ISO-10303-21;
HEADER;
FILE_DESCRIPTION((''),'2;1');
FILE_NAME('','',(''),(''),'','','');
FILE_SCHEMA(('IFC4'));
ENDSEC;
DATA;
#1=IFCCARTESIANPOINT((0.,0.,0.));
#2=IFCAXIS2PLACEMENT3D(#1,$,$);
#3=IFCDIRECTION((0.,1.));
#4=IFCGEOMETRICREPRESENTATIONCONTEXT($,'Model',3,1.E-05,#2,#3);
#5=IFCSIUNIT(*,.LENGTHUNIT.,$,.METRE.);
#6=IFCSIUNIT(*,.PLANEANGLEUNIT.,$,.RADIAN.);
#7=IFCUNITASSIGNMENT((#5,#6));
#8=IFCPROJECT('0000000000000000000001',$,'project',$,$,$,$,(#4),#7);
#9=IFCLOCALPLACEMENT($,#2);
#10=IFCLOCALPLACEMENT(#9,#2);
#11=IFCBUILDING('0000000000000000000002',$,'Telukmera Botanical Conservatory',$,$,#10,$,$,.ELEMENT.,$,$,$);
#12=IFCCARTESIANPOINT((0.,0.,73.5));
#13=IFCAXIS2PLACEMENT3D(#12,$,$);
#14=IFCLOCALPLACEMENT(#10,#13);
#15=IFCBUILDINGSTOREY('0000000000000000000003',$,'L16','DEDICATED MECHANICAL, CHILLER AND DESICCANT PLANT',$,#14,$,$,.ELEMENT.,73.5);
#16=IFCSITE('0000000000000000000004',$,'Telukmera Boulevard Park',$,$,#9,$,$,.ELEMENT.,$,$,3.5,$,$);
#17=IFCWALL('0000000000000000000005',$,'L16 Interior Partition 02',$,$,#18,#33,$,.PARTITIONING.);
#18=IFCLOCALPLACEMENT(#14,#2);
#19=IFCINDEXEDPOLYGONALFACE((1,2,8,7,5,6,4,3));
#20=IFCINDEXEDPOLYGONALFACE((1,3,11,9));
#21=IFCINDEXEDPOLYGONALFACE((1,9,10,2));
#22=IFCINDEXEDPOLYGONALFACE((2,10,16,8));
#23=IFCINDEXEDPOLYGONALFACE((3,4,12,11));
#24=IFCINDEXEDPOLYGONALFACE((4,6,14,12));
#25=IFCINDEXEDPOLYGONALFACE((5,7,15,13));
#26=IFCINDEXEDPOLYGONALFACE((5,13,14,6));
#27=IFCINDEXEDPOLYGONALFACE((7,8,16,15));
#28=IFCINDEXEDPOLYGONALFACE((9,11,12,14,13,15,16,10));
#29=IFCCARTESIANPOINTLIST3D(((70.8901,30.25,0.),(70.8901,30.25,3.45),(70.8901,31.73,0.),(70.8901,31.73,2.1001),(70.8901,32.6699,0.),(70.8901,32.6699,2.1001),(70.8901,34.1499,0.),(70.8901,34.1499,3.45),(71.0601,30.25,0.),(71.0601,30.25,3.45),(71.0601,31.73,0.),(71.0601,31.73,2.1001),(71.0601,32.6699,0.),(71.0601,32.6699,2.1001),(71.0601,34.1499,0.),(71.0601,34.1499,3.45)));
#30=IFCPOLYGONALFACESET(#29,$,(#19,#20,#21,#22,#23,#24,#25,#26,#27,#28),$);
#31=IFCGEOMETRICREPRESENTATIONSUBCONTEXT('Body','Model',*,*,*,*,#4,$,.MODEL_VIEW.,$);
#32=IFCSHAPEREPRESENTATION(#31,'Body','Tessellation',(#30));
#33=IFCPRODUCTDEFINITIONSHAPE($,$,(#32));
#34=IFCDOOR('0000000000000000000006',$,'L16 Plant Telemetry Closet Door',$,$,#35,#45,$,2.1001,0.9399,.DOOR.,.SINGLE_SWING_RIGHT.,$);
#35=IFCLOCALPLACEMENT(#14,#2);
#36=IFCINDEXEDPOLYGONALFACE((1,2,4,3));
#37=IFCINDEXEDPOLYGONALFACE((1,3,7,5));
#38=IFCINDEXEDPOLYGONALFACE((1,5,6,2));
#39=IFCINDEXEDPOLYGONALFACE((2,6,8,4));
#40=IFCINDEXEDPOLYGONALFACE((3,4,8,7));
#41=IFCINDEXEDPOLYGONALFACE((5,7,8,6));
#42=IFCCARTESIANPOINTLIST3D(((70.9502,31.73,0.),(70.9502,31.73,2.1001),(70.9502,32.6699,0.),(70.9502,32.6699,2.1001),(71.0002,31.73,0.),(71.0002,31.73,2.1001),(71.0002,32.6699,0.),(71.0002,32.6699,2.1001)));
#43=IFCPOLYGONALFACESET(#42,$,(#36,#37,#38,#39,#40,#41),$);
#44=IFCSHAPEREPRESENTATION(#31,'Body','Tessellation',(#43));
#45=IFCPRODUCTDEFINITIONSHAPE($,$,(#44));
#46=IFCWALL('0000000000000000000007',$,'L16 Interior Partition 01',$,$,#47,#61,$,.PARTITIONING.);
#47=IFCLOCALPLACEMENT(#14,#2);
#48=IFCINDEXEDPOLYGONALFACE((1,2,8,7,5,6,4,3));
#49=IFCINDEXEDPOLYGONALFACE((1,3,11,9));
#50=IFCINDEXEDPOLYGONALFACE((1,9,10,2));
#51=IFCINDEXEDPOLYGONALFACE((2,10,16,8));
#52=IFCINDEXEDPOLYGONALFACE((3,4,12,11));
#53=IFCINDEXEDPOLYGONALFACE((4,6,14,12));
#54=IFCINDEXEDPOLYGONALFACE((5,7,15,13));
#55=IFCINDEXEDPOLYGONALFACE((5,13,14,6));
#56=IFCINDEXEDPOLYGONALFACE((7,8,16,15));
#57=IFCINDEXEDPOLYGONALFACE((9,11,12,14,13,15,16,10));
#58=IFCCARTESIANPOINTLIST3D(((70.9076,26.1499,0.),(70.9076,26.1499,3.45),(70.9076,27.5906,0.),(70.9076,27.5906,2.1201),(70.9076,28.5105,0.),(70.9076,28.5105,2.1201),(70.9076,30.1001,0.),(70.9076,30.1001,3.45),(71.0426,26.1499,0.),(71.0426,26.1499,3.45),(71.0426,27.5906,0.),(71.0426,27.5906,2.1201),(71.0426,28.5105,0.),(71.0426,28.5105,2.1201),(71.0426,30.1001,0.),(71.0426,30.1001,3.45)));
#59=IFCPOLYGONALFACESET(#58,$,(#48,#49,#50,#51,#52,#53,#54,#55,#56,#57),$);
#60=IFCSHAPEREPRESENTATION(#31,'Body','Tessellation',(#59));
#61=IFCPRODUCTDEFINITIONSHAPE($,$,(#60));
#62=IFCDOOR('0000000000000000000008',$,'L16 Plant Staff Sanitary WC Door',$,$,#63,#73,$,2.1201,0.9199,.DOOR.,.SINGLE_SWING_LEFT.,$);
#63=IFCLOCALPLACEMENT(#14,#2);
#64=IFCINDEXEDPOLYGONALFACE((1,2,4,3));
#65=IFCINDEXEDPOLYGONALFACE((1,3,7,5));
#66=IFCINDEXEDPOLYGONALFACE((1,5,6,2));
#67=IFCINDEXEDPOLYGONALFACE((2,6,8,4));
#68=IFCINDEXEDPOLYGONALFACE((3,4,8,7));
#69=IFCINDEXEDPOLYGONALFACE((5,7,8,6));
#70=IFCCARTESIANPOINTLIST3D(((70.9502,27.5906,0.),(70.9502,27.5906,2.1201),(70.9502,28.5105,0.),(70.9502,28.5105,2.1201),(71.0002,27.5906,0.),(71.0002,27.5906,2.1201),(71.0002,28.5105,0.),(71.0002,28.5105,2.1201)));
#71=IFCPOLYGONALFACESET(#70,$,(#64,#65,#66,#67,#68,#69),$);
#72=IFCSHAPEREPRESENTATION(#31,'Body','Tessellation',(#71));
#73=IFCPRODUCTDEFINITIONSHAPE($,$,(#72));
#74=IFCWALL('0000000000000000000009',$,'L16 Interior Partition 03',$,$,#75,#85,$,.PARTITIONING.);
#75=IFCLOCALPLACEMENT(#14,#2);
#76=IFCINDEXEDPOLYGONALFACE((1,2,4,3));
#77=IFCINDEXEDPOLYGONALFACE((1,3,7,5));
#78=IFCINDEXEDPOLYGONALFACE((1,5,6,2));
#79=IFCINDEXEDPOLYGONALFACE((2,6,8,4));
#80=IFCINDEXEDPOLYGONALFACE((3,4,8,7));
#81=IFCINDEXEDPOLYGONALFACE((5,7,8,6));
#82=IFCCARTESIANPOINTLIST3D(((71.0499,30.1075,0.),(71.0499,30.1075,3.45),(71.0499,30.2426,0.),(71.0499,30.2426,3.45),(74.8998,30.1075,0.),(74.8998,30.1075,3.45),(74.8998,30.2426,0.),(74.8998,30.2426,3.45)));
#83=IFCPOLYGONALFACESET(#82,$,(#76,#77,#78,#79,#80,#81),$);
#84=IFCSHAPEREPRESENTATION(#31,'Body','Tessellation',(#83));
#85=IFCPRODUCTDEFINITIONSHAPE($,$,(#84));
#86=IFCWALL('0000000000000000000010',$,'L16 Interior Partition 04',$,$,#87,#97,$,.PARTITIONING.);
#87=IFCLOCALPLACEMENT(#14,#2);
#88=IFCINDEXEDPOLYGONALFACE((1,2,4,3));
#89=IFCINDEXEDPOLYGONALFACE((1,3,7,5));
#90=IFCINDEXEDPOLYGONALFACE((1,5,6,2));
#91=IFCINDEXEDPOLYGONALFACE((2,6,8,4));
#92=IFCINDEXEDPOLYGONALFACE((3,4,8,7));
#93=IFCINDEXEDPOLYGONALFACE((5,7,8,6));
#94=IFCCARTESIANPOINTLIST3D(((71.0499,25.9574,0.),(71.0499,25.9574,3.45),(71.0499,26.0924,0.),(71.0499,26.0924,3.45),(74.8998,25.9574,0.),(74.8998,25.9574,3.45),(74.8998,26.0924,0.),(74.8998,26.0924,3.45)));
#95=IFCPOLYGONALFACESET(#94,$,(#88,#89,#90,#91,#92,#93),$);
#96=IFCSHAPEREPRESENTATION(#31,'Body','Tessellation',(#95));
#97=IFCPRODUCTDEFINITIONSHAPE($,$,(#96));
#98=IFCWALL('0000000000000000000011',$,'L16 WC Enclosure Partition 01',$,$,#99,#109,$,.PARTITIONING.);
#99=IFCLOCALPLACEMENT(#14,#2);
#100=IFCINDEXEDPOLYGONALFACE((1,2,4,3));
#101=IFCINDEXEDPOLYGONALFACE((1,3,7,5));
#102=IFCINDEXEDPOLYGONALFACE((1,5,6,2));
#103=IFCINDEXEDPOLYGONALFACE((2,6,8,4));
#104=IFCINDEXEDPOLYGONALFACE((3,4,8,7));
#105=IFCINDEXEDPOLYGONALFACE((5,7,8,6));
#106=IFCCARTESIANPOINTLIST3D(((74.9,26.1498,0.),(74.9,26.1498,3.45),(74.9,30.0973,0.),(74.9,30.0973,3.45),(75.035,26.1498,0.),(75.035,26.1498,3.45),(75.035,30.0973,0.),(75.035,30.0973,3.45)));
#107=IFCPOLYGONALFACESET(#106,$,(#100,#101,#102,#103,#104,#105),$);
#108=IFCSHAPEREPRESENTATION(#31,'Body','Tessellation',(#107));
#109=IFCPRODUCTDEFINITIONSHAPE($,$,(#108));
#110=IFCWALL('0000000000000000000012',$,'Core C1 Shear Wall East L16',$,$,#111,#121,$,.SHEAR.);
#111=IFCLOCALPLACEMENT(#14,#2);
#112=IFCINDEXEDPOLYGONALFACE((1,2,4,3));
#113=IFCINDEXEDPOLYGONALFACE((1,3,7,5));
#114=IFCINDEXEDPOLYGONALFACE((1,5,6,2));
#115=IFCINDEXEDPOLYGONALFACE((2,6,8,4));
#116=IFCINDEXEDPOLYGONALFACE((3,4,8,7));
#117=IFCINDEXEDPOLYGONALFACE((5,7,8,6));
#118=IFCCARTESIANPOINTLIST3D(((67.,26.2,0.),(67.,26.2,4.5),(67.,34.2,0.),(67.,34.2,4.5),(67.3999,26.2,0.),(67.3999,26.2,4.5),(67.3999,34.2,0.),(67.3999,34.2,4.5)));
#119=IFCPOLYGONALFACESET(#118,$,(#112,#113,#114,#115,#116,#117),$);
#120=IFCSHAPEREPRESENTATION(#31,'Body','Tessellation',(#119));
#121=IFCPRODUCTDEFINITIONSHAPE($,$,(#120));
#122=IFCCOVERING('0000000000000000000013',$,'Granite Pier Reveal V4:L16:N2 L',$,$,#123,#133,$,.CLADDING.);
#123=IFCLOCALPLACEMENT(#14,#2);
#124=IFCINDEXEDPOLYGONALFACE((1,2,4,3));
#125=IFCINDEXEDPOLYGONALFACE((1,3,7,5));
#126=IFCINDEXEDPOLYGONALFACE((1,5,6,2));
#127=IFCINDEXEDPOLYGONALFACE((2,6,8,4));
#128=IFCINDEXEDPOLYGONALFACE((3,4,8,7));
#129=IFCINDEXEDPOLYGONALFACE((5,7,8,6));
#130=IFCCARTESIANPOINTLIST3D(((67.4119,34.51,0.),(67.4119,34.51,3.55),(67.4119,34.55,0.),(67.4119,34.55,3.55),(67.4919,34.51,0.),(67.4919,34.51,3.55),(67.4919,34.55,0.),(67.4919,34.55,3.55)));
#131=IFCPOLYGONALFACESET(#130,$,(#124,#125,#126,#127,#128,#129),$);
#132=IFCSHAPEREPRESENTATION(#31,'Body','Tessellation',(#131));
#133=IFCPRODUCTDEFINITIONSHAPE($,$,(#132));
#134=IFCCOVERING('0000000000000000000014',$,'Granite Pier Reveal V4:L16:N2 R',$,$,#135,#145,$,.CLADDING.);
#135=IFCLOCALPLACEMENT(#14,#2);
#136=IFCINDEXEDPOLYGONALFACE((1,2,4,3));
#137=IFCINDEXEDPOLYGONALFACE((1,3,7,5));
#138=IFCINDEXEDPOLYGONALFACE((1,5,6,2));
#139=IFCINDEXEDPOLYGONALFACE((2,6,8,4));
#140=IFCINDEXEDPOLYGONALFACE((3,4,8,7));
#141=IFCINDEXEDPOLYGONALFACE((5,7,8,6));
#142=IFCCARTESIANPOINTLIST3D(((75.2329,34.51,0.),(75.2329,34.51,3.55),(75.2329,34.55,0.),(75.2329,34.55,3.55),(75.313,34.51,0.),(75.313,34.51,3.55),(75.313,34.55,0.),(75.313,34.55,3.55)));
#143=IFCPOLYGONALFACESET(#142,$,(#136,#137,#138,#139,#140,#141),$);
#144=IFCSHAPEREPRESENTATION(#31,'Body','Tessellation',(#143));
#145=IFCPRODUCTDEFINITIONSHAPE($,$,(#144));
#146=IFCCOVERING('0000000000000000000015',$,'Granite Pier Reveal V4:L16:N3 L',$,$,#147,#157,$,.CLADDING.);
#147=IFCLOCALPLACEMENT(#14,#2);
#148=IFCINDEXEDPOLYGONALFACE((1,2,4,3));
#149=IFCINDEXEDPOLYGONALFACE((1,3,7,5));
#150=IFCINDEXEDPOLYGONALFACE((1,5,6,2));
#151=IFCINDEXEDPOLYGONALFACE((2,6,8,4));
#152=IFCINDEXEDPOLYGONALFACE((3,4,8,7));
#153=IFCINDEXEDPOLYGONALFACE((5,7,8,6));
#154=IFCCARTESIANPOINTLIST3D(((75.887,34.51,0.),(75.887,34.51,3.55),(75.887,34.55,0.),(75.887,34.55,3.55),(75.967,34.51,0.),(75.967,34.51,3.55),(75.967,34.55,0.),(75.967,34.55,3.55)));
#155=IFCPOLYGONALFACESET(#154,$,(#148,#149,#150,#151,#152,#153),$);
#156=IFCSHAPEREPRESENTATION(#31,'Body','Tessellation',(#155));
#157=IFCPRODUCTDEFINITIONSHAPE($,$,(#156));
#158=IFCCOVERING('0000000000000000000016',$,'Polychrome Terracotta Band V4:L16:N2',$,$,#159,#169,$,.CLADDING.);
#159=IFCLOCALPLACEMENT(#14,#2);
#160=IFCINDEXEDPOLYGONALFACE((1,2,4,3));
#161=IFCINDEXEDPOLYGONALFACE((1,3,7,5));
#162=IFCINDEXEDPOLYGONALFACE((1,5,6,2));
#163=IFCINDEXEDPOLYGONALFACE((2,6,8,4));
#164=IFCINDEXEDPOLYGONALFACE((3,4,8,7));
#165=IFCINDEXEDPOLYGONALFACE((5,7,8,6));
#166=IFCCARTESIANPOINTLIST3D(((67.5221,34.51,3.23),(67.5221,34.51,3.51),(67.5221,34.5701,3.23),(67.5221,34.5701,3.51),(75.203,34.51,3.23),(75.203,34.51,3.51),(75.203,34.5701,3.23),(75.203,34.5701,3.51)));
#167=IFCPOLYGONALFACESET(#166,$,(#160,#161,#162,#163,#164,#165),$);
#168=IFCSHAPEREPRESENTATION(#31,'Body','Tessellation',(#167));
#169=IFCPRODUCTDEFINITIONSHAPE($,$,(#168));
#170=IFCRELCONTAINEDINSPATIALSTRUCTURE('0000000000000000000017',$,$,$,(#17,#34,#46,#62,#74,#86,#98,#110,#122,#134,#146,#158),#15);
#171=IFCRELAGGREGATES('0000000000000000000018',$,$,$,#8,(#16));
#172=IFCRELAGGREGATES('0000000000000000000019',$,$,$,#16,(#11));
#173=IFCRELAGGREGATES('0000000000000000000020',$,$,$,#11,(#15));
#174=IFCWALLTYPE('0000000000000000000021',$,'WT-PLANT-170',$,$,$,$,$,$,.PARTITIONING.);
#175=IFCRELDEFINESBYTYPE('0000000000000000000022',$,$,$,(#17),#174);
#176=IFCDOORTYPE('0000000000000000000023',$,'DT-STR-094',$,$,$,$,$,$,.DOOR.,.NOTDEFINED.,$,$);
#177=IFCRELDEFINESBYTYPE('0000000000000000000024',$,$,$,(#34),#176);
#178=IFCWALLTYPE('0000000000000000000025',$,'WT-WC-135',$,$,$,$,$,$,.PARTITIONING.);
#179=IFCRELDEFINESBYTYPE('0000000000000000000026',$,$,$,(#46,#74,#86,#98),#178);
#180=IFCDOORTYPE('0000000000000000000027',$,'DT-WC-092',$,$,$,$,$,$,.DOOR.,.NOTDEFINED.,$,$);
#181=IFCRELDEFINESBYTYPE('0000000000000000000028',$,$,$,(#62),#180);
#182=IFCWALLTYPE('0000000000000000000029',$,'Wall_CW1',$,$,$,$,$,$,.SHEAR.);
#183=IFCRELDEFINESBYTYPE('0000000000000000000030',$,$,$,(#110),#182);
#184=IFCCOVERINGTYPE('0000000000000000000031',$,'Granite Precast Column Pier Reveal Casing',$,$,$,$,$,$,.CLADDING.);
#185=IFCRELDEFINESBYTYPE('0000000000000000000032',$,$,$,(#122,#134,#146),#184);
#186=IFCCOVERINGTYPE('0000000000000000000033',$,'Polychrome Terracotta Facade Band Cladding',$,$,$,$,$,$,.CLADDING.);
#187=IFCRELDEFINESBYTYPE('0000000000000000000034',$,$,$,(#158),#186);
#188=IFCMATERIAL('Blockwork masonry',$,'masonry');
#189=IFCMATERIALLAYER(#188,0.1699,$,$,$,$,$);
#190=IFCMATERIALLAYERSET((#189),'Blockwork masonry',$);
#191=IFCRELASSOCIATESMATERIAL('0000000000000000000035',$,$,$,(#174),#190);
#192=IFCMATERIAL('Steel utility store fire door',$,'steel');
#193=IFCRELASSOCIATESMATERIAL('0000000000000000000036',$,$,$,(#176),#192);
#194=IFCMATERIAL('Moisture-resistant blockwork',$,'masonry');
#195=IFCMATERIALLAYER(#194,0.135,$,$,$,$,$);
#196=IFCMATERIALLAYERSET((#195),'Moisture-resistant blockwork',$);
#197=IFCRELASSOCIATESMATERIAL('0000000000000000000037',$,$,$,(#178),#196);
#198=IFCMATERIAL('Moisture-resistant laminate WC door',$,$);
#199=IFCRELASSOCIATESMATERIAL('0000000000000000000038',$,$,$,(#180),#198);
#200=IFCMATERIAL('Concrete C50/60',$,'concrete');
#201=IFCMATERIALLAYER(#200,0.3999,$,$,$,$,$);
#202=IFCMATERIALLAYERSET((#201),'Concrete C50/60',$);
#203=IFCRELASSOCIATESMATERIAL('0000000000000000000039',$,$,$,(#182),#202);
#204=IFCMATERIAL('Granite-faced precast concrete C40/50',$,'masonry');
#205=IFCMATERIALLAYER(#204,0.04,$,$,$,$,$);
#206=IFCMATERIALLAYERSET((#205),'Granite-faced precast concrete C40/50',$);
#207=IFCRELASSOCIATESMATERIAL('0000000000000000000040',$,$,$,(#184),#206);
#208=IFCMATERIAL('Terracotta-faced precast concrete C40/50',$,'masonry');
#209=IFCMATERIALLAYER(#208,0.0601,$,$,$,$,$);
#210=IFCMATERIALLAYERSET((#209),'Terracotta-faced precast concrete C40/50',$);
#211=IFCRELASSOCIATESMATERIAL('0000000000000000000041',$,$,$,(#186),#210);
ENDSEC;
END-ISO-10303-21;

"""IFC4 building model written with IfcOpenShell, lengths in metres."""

from ifc_helpers import new_model, si_unit, direction, frame, frame_2d, origin, origin_2d, place, context, subcontext, project, spatial, rectangle, extrude, material, layer, layer_set, type_object, element, fill, save


model = new_model("IFC4")

# Units and contexts
model_context = context("Model", 3, precision=1e-05, world=origin(), true_north=direction((0.0, 1.0)))
body_context = subcontext(model_context, "Body", "Model", "MODEL_VIEW")
ifc_project = project(units=[si_unit("LENGTHUNIT", "METRE"), si_unit("PLANEANGLEUNIT", "RADIAN")], contexts=[model_context])

# Site, building, storey
site_placement = place(None, origin())
site = spatial("IfcSite", under=ifc_project, at=site_placement, Name="Telukmera Boulevard Park", CompositionType="ELEMENT", RefElevation=3.5)
building_placement = place(site_placement, origin())
building = spatial("IfcBuilding", under=site, at=building_placement, Name="Telukmera Botanical Conservatory", CompositionType="ELEMENT")
storey_placement = place(building_placement, frame((0.0, 0.0, 73.5)))
storey = spatial("IfcBuildingStorey", under=building, at=storey_placement, Name="L16", Description="DEDICATED MECHANICAL, CHILLER AND DESICCANT PLANT", CompositionType="ELEMENT", Elevation=73.5)

# Shared definitions
ifc_material_1 = material(Name="Concrete C50/60", Category="concrete")

# Shared definitions
ifc_material_2 = material(Name="Terracotta-faced precast concrete C40/50", Category="masonry")

# Walls, openings, doors
ifc_material_3 = material(Name="Blockwork masonry", Category="masonry")
ifc_layer_1 = layer(ifc_material_3, 0.1699)
ifc_layer_set_1 = layer_set([ifc_layer_1], Name="Blockwork masonry")
wall_type_1 = type_object("IfcWallType", Name="WT-PLANT-170", PredefinedType="PARTITIONING", material=ifc_layer_set_1)
wall_1_placement = place(storey_placement, frame((70.9751, 30.25, 0.0), z_axis=(0.0, 0.0, 1.0), x_axis=(0.0, 1.0, 0.0)))
wall_1 = element("IfcWall", 1, at=wall_1_placement, inside=storey, type_object=wall_type_1, Name="L16 Interior Partition 02", PredefinedType="PARTITIONING", context=body_context, shape_type="SweptSolid", body=[
    extrude(rectangle(XDim=3.8999, YDim=0.1699, at=frame_2d((1.95, 0.0))), origin(), (0.0, 0.0, 1.0), 3.45),
])
opening_1_placement = place(wall_1_placement, frame((1.48, 0.0, 0.0)))
opening_1 = element("IfcOpeningElement", 2, at=opening_1_placement, cuts=wall_1, PredefinedType="OPENING", context=body_context, shape_type="SweptSolid", body=[
    extrude(rectangle(XDim=0.9399, YDim=2.1001, at=frame_2d((0.47, 1.05))), frame((0.0, 0.095, 0.0), z_axis=(0.0, -1.0, 0.0), x_axis=(1.0, 0.0, 0.0)), (0.0, 0.0, 1.0), 0.1899),
])
ifc_material_4 = material(Name="Steel utility store fire door", Category="steel")
door_type_1 = type_object("IfcDoorType", Name="DT-STR-094", OperationType="NOTDEFINED", PredefinedType="DOOR", material=ifc_material_4)
door_1_placement = place(opening_1_placement, origin())
door_1 = element("IfcDoor", 3, at=door_1_placement, inside=storey, type_object=door_type_1, Name="L16 Plant Telemetry Closet Door", OperationType="SINGLE_SWING_RIGHT", OverallHeight=2.1001, OverallWidth=0.9399, PredefinedType="DOOR", context=body_context, shape_type="SweptSolid", body=[
    extrude(rectangle(XDim=0.9399, YDim=2.1001, at=frame_2d((0.47, 1.05))), frame((0.0, 0.0249, 0.0), z_axis=(0.0, -1.0, 0.0), x_axis=(1.0, 0.0, 0.0)), (0.0, 0.0, 1.0), 0.05),
])
fill(opening_1, door_1)
ifc_material_5 = material(Name="Moisture-resistant blockwork", Category="masonry")
ifc_layer_2 = layer(ifc_material_5, 0.135)
ifc_layer_set_2 = layer_set([ifc_layer_2], Name="Moisture-resistant blockwork")
wall_type_2 = type_object("IfcWallType", Name="WT-WC-135", PredefinedType="PARTITIONING", material=ifc_layer_set_2)
wall_2_placement = place(storey_placement, frame((70.9751, 26.1499, 0.0), z_axis=(0.0, 0.0, 1.0), x_axis=(0.0, 1.0, 0.0)))
wall_2 = element("IfcWall", 4, at=wall_2_placement, inside=storey, type_object=wall_type_2, Name="L16 Interior Partition 01", PredefinedType="PARTITIONING", context=body_context, shape_type="SweptSolid", body=[
    extrude(rectangle(XDim=3.9502, YDim=0.135, at=frame_2d((1.9751, 0.0))), origin(), (0.0, 0.0, 1.0), 3.45),
])
opening_2_placement = place(wall_2_placement, frame((1.4407, 0.0, 0.0)))
opening_2 = element("IfcOpeningElement", 5, at=opening_2_placement, cuts=wall_2, PredefinedType="OPENING", context=body_context, shape_type="SweptSolid", body=[
    extrude(rectangle(XDim=0.9199, YDim=2.1201, at=frame_2d((0.46, 1.0601))), frame((0.0, 0.0774, 0.0), z_axis=(0.0, -1.0, 0.0), x_axis=(1.0, 0.0, 0.0)), (0.0, 0.0, 1.0), 0.155),
])
ifc_material_6 = material(Name="Moisture-resistant laminate WC door")
door_type_2 = type_object("IfcDoorType", Name="DT-WC-092", OperationType="NOTDEFINED", PredefinedType="DOOR", material=ifc_material_6)
door_2_placement = place(opening_2_placement, origin())
door_2 = element("IfcDoor", 6, at=door_2_placement, inside=storey, type_object=door_type_2, Name="L16 Plant Staff Sanitary WC Door", OperationType="SINGLE_SWING_LEFT", OverallHeight=2.1201, OverallWidth=0.9199, PredefinedType="DOOR", context=body_context, shape_type="SweptSolid", body=[
    extrude(rectangle(XDim=0.9199, YDim=2.1201, at=frame_2d((0.46, 1.0601))), frame((0.0, 0.0249, 0.0), z_axis=(0.0, -1.0, 0.0), x_axis=(1.0, 0.0, 0.0)), (0.0, 0.0, 1.0), 0.05),
])
fill(opening_2, door_2)

# Walls
for number, where, z_axis, x_axis, name in (
    (7, (71.05, 30.175, 0.0), (0.0, 0.0, 1.0), (1.0, 0.0, 0.0), "L16 Interior Partition 03"),
    (8, (71.05, 26.0249, 0.0), (0.0, 0.0, 1.0), (1.0, 0.0, 0.0), "L16 Interior Partition 04"),
):
    element("IfcWall", number, at=place(storey_placement, frame(where, z_axis=z_axis, x_axis=x_axis)), inside=storey, type_object=wall_type_2, Name=name, PredefinedType="PARTITIONING", context=body_context, shape_type="SweptSolid", body=[
        extrude(rectangle(XDim=3.8499, YDim=0.135, at=frame_2d((1.9248, 0.0))), origin(), (0.0, 0.0, 1.0), 3.45),
    ])
wall_3_placement = place(storey_placement, frame((74.9675, 26.1499, 0.0), z_axis=(0.0, 0.0, 1.0), x_axis=(0.0, 1.0, 0.0)))
element("IfcWall", 9, at=wall_3_placement, inside=storey, type_object=wall_type_2, Name="L16 WC Enclosure Partition 01", PredefinedType="PARTITIONING", context=body_context, shape_type="SweptSolid", body=[
    extrude(rectangle(XDim=3.9475, YDim=0.135, at=frame_2d((1.9736, 0.0))), origin(), (0.0, 0.0, 1.0), 3.45),
])
ifc_layer_3 = layer(ifc_material_1, 0.3999)
ifc_layer_set_3 = layer_set([ifc_layer_3], Name="Concrete C50/60")
wall_type_3 = type_object("IfcWallType", Name="Wall_CW1", PredefinedType="SHEAR", material=ifc_layer_set_3)
wall_4_placement = place(storey_placement, frame((67.2, 26.2, 0.0), z_axis=(0.0, 0.0, 1.0), x_axis=(0.0, 1.0, 0.0)))
element("IfcWall", 10, at=wall_4_placement, inside=storey, type_object=wall_type_3, Name="Core C1 Shear Wall East L16", PredefinedType="SHEAR", context=body_context, shape_type="SweptSolid", body=[
    extrude(rectangle(XDim=8.0, YDim=0.3999, at=frame_2d((4.0, 0.0))), origin(), (0.0, 0.0, 1.0), 4.5),
])

# Coverings
ifc_material_7 = material(Name="Granite-faced precast concrete C40/50", Category="masonry")
ifc_layer_4 = layer(ifc_material_7, 0.04)
ifc_layer_set_4 = layer_set([ifc_layer_4], Name="Granite-faced precast concrete C40/50")
covering_type_1 = type_object("IfcCoveringType", Name="Granite Precast Column Pier Reveal Casing", PredefinedType="CLADDING", material=ifc_layer_set_4)
for number, where, z_axis, x_axis, name in (
    (11, (67.4519, 34.53, 0.0), (0.0, 0.0, 1.0), (1.0, 0.0, 0.0), "Granite Pier Reveal V4:L16:N2 L"),
    (12, (75.2729, 34.53, 0.0), (0.0, 0.0, 1.0), (1.0, 0.0, 0.0), "Granite Pier Reveal V4:L16:N2 R"),
    (13, (75.927, 34.53, 0.0), (0.0, 0.0, 1.0), (1.0, 0.0, 0.0), "Granite Pier Reveal V4:L16:N3 L"),
):
    element("IfcCovering", number, at=place(storey_placement, frame(where, z_axis=z_axis, x_axis=x_axis)), inside=storey, type_object=covering_type_1, Name=name, PredefinedType="CLADDING", context=body_context, shape_type="SweptSolid", body=[
        extrude(rectangle(XDim=0.0801, YDim=0.04, at=origin_2d()), origin(), (0.0, 0.0, 1.0), 3.55),
    ])
ifc_layer_5 = layer(ifc_material_2, 0.0601)
ifc_layer_set_5 = layer_set([ifc_layer_5], Name="Terracotta-faced precast concrete C40/50")
covering_type_2 = type_object("IfcCoveringType", Name="Polychrome Terracotta Facade Band Cladding", PredefinedType="CLADDING", material=ifc_layer_set_5)
covering_placement = place(storey_placement, frame((71.3625, 34.54, 3.23), z_axis=(0.0, 0.0, 1.0), x_axis=(1.0, 0.0, 0.0)))
element("IfcCovering", 14, at=covering_placement, inside=storey, type_object=covering_type_2, Name="Polychrome Terracotta Band V4:L16:N2", PredefinedType="CLADDING", context=body_context, shape_type="SweptSolid", body=[
    extrude(rectangle(XDim=7.6809, YDim=0.0601, at=origin_2d()), origin(), (0.0, 0.0, 1.0), 0.28),
])

save(model, "model.ifc")
